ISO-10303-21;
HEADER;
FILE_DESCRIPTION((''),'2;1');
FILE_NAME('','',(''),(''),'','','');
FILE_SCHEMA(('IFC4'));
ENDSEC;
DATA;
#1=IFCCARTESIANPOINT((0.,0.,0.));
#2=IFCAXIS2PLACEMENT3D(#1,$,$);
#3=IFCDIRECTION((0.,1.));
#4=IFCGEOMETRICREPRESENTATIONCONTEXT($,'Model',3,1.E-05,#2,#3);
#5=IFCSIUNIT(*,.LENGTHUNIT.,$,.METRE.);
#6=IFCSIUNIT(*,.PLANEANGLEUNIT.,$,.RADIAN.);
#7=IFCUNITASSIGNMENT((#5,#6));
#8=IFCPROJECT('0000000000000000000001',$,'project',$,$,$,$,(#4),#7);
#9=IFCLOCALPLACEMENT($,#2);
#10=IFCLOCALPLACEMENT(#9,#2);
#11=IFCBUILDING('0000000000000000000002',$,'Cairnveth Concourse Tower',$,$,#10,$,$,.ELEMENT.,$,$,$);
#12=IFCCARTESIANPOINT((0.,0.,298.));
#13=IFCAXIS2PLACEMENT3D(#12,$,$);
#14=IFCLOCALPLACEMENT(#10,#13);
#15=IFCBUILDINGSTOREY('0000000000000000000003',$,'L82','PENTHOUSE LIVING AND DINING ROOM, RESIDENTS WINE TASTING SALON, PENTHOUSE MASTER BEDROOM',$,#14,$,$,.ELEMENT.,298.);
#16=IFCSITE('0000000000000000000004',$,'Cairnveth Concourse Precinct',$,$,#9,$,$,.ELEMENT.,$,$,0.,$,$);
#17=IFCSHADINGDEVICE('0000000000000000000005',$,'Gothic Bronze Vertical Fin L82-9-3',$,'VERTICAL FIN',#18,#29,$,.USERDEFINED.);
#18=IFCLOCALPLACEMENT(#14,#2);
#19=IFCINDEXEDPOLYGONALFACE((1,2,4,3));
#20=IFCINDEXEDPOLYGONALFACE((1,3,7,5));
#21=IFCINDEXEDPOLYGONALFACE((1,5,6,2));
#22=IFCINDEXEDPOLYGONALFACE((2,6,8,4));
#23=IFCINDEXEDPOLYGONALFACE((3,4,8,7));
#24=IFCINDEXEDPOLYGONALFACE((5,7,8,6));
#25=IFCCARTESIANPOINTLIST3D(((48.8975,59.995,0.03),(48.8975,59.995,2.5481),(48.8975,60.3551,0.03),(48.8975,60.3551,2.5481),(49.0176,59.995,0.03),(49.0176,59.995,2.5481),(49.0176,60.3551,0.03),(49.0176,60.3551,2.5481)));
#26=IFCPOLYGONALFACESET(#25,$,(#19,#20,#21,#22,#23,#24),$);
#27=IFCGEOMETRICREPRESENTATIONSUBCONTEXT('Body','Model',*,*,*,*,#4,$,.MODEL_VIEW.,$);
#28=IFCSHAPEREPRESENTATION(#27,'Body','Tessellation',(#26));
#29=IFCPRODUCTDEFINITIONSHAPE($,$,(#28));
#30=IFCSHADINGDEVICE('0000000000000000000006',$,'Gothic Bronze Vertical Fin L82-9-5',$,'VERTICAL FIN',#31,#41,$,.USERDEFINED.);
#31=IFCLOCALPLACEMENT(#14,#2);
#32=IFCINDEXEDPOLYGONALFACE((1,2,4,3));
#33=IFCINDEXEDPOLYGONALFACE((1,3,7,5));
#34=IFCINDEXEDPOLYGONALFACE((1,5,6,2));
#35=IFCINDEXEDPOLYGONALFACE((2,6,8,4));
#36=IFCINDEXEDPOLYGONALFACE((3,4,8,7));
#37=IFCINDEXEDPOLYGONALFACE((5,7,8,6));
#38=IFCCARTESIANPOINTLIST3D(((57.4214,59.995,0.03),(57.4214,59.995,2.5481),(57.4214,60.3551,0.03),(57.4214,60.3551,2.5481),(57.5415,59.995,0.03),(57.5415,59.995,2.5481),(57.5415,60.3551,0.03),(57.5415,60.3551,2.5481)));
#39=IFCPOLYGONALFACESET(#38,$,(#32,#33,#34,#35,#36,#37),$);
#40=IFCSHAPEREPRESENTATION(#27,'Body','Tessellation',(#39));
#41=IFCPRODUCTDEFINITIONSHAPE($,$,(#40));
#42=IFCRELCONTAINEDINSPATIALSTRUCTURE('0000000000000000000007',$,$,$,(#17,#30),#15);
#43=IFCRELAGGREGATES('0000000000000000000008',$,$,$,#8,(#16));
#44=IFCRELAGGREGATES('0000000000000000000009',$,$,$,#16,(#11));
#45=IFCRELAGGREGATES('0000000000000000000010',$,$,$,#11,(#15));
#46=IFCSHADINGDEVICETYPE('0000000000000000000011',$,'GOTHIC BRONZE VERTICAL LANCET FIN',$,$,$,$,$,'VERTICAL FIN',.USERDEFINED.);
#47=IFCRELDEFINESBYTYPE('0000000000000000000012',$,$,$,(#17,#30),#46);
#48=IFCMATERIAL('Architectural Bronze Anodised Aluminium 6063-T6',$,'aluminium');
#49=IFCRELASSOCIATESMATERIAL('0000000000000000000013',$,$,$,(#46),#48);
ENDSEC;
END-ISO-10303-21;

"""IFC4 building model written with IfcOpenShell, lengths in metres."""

from ifc_helpers import new_model, si_unit, direction, frame, origin, origin_2d, place, context, subcontext, project, spatial, rectangle, extrude, material, type_object, element, save


model = new_model("IFC4")

# Units and contexts
model_context = context("Model", 3, precision=1e-05, world=origin(), true_north=direction((0.0, 1.0)))
body_context = subcontext(model_context, "Body", "Model", "MODEL_VIEW")
ifc_project = project(units=[si_unit("LENGTHUNIT", "METRE"), si_unit("PLANEANGLEUNIT", "RADIAN")], contexts=[model_context])

# Site, building, storey
site_placement = place(None, origin())
site = spatial("IfcSite", under=ifc_project, at=site_placement, Name="Cairnveth Concourse Precinct", CompositionType="ELEMENT", RefElevation=0.0)
building_placement = place(site_placement, origin())
building = spatial("IfcBuilding", under=site, at=building_placement, Name="Cairnveth Concourse Tower", CompositionType="ELEMENT")
storey_placement = place(building_placement, frame((0.0, 0.0, 298.0)))
storey = spatial("IfcBuildingStorey", under=building, at=storey_placement, Name="L82", Description="PENTHOUSE LIVING AND DINING ROOM, RESIDENTS WINE TASTING SALON, PENTHOUSE MASTER BEDROOM", CompositionType="ELEMENT", Elevation=298.0)

# Shading devices
ifc_material_1 = material(Name="Architectural Bronze Anodised Aluminium 6063-T6", Category="aluminium")
shading_device_type = type_object("IfcShadingDeviceType", Name="GOTHIC BRONZE VERTICAL LANCET FIN", ElementType="VERTICAL FIN", PredefinedType="USERDEFINED", material=ifc_material_1)
for number, where, z_axis, x_axis, name in (
    (1, (48.9575, 60.175, 0.03), (0.0, 0.0, 1.0), (1.0, 0.0, 0.0), "Gothic Bronze Vertical Fin L82-9-3"),
    (2, (57.4814, 60.175, 0.03), (0.0, 0.0, 1.0), (1.0, 0.0, 0.0), "Gothic Bronze Vertical Fin L82-9-5"),
):
    element("IfcShadingDevice", number, at=place(storey_placement, frame(where, z_axis=z_axis, x_axis=x_axis)), inside=storey, type_object=shading_device_type, Name=name, ObjectType="VERTICAL FIN", PredefinedType="USERDEFINED", context=body_context, shape_type="SweptSolid", body=[
        extrude(rectangle(XDim=0.1201, YDim=0.3601, at=origin_2d()), origin(), (0.0, 0.0, 1.0), 2.5181),
    ])

save(model, "model.ifc")
